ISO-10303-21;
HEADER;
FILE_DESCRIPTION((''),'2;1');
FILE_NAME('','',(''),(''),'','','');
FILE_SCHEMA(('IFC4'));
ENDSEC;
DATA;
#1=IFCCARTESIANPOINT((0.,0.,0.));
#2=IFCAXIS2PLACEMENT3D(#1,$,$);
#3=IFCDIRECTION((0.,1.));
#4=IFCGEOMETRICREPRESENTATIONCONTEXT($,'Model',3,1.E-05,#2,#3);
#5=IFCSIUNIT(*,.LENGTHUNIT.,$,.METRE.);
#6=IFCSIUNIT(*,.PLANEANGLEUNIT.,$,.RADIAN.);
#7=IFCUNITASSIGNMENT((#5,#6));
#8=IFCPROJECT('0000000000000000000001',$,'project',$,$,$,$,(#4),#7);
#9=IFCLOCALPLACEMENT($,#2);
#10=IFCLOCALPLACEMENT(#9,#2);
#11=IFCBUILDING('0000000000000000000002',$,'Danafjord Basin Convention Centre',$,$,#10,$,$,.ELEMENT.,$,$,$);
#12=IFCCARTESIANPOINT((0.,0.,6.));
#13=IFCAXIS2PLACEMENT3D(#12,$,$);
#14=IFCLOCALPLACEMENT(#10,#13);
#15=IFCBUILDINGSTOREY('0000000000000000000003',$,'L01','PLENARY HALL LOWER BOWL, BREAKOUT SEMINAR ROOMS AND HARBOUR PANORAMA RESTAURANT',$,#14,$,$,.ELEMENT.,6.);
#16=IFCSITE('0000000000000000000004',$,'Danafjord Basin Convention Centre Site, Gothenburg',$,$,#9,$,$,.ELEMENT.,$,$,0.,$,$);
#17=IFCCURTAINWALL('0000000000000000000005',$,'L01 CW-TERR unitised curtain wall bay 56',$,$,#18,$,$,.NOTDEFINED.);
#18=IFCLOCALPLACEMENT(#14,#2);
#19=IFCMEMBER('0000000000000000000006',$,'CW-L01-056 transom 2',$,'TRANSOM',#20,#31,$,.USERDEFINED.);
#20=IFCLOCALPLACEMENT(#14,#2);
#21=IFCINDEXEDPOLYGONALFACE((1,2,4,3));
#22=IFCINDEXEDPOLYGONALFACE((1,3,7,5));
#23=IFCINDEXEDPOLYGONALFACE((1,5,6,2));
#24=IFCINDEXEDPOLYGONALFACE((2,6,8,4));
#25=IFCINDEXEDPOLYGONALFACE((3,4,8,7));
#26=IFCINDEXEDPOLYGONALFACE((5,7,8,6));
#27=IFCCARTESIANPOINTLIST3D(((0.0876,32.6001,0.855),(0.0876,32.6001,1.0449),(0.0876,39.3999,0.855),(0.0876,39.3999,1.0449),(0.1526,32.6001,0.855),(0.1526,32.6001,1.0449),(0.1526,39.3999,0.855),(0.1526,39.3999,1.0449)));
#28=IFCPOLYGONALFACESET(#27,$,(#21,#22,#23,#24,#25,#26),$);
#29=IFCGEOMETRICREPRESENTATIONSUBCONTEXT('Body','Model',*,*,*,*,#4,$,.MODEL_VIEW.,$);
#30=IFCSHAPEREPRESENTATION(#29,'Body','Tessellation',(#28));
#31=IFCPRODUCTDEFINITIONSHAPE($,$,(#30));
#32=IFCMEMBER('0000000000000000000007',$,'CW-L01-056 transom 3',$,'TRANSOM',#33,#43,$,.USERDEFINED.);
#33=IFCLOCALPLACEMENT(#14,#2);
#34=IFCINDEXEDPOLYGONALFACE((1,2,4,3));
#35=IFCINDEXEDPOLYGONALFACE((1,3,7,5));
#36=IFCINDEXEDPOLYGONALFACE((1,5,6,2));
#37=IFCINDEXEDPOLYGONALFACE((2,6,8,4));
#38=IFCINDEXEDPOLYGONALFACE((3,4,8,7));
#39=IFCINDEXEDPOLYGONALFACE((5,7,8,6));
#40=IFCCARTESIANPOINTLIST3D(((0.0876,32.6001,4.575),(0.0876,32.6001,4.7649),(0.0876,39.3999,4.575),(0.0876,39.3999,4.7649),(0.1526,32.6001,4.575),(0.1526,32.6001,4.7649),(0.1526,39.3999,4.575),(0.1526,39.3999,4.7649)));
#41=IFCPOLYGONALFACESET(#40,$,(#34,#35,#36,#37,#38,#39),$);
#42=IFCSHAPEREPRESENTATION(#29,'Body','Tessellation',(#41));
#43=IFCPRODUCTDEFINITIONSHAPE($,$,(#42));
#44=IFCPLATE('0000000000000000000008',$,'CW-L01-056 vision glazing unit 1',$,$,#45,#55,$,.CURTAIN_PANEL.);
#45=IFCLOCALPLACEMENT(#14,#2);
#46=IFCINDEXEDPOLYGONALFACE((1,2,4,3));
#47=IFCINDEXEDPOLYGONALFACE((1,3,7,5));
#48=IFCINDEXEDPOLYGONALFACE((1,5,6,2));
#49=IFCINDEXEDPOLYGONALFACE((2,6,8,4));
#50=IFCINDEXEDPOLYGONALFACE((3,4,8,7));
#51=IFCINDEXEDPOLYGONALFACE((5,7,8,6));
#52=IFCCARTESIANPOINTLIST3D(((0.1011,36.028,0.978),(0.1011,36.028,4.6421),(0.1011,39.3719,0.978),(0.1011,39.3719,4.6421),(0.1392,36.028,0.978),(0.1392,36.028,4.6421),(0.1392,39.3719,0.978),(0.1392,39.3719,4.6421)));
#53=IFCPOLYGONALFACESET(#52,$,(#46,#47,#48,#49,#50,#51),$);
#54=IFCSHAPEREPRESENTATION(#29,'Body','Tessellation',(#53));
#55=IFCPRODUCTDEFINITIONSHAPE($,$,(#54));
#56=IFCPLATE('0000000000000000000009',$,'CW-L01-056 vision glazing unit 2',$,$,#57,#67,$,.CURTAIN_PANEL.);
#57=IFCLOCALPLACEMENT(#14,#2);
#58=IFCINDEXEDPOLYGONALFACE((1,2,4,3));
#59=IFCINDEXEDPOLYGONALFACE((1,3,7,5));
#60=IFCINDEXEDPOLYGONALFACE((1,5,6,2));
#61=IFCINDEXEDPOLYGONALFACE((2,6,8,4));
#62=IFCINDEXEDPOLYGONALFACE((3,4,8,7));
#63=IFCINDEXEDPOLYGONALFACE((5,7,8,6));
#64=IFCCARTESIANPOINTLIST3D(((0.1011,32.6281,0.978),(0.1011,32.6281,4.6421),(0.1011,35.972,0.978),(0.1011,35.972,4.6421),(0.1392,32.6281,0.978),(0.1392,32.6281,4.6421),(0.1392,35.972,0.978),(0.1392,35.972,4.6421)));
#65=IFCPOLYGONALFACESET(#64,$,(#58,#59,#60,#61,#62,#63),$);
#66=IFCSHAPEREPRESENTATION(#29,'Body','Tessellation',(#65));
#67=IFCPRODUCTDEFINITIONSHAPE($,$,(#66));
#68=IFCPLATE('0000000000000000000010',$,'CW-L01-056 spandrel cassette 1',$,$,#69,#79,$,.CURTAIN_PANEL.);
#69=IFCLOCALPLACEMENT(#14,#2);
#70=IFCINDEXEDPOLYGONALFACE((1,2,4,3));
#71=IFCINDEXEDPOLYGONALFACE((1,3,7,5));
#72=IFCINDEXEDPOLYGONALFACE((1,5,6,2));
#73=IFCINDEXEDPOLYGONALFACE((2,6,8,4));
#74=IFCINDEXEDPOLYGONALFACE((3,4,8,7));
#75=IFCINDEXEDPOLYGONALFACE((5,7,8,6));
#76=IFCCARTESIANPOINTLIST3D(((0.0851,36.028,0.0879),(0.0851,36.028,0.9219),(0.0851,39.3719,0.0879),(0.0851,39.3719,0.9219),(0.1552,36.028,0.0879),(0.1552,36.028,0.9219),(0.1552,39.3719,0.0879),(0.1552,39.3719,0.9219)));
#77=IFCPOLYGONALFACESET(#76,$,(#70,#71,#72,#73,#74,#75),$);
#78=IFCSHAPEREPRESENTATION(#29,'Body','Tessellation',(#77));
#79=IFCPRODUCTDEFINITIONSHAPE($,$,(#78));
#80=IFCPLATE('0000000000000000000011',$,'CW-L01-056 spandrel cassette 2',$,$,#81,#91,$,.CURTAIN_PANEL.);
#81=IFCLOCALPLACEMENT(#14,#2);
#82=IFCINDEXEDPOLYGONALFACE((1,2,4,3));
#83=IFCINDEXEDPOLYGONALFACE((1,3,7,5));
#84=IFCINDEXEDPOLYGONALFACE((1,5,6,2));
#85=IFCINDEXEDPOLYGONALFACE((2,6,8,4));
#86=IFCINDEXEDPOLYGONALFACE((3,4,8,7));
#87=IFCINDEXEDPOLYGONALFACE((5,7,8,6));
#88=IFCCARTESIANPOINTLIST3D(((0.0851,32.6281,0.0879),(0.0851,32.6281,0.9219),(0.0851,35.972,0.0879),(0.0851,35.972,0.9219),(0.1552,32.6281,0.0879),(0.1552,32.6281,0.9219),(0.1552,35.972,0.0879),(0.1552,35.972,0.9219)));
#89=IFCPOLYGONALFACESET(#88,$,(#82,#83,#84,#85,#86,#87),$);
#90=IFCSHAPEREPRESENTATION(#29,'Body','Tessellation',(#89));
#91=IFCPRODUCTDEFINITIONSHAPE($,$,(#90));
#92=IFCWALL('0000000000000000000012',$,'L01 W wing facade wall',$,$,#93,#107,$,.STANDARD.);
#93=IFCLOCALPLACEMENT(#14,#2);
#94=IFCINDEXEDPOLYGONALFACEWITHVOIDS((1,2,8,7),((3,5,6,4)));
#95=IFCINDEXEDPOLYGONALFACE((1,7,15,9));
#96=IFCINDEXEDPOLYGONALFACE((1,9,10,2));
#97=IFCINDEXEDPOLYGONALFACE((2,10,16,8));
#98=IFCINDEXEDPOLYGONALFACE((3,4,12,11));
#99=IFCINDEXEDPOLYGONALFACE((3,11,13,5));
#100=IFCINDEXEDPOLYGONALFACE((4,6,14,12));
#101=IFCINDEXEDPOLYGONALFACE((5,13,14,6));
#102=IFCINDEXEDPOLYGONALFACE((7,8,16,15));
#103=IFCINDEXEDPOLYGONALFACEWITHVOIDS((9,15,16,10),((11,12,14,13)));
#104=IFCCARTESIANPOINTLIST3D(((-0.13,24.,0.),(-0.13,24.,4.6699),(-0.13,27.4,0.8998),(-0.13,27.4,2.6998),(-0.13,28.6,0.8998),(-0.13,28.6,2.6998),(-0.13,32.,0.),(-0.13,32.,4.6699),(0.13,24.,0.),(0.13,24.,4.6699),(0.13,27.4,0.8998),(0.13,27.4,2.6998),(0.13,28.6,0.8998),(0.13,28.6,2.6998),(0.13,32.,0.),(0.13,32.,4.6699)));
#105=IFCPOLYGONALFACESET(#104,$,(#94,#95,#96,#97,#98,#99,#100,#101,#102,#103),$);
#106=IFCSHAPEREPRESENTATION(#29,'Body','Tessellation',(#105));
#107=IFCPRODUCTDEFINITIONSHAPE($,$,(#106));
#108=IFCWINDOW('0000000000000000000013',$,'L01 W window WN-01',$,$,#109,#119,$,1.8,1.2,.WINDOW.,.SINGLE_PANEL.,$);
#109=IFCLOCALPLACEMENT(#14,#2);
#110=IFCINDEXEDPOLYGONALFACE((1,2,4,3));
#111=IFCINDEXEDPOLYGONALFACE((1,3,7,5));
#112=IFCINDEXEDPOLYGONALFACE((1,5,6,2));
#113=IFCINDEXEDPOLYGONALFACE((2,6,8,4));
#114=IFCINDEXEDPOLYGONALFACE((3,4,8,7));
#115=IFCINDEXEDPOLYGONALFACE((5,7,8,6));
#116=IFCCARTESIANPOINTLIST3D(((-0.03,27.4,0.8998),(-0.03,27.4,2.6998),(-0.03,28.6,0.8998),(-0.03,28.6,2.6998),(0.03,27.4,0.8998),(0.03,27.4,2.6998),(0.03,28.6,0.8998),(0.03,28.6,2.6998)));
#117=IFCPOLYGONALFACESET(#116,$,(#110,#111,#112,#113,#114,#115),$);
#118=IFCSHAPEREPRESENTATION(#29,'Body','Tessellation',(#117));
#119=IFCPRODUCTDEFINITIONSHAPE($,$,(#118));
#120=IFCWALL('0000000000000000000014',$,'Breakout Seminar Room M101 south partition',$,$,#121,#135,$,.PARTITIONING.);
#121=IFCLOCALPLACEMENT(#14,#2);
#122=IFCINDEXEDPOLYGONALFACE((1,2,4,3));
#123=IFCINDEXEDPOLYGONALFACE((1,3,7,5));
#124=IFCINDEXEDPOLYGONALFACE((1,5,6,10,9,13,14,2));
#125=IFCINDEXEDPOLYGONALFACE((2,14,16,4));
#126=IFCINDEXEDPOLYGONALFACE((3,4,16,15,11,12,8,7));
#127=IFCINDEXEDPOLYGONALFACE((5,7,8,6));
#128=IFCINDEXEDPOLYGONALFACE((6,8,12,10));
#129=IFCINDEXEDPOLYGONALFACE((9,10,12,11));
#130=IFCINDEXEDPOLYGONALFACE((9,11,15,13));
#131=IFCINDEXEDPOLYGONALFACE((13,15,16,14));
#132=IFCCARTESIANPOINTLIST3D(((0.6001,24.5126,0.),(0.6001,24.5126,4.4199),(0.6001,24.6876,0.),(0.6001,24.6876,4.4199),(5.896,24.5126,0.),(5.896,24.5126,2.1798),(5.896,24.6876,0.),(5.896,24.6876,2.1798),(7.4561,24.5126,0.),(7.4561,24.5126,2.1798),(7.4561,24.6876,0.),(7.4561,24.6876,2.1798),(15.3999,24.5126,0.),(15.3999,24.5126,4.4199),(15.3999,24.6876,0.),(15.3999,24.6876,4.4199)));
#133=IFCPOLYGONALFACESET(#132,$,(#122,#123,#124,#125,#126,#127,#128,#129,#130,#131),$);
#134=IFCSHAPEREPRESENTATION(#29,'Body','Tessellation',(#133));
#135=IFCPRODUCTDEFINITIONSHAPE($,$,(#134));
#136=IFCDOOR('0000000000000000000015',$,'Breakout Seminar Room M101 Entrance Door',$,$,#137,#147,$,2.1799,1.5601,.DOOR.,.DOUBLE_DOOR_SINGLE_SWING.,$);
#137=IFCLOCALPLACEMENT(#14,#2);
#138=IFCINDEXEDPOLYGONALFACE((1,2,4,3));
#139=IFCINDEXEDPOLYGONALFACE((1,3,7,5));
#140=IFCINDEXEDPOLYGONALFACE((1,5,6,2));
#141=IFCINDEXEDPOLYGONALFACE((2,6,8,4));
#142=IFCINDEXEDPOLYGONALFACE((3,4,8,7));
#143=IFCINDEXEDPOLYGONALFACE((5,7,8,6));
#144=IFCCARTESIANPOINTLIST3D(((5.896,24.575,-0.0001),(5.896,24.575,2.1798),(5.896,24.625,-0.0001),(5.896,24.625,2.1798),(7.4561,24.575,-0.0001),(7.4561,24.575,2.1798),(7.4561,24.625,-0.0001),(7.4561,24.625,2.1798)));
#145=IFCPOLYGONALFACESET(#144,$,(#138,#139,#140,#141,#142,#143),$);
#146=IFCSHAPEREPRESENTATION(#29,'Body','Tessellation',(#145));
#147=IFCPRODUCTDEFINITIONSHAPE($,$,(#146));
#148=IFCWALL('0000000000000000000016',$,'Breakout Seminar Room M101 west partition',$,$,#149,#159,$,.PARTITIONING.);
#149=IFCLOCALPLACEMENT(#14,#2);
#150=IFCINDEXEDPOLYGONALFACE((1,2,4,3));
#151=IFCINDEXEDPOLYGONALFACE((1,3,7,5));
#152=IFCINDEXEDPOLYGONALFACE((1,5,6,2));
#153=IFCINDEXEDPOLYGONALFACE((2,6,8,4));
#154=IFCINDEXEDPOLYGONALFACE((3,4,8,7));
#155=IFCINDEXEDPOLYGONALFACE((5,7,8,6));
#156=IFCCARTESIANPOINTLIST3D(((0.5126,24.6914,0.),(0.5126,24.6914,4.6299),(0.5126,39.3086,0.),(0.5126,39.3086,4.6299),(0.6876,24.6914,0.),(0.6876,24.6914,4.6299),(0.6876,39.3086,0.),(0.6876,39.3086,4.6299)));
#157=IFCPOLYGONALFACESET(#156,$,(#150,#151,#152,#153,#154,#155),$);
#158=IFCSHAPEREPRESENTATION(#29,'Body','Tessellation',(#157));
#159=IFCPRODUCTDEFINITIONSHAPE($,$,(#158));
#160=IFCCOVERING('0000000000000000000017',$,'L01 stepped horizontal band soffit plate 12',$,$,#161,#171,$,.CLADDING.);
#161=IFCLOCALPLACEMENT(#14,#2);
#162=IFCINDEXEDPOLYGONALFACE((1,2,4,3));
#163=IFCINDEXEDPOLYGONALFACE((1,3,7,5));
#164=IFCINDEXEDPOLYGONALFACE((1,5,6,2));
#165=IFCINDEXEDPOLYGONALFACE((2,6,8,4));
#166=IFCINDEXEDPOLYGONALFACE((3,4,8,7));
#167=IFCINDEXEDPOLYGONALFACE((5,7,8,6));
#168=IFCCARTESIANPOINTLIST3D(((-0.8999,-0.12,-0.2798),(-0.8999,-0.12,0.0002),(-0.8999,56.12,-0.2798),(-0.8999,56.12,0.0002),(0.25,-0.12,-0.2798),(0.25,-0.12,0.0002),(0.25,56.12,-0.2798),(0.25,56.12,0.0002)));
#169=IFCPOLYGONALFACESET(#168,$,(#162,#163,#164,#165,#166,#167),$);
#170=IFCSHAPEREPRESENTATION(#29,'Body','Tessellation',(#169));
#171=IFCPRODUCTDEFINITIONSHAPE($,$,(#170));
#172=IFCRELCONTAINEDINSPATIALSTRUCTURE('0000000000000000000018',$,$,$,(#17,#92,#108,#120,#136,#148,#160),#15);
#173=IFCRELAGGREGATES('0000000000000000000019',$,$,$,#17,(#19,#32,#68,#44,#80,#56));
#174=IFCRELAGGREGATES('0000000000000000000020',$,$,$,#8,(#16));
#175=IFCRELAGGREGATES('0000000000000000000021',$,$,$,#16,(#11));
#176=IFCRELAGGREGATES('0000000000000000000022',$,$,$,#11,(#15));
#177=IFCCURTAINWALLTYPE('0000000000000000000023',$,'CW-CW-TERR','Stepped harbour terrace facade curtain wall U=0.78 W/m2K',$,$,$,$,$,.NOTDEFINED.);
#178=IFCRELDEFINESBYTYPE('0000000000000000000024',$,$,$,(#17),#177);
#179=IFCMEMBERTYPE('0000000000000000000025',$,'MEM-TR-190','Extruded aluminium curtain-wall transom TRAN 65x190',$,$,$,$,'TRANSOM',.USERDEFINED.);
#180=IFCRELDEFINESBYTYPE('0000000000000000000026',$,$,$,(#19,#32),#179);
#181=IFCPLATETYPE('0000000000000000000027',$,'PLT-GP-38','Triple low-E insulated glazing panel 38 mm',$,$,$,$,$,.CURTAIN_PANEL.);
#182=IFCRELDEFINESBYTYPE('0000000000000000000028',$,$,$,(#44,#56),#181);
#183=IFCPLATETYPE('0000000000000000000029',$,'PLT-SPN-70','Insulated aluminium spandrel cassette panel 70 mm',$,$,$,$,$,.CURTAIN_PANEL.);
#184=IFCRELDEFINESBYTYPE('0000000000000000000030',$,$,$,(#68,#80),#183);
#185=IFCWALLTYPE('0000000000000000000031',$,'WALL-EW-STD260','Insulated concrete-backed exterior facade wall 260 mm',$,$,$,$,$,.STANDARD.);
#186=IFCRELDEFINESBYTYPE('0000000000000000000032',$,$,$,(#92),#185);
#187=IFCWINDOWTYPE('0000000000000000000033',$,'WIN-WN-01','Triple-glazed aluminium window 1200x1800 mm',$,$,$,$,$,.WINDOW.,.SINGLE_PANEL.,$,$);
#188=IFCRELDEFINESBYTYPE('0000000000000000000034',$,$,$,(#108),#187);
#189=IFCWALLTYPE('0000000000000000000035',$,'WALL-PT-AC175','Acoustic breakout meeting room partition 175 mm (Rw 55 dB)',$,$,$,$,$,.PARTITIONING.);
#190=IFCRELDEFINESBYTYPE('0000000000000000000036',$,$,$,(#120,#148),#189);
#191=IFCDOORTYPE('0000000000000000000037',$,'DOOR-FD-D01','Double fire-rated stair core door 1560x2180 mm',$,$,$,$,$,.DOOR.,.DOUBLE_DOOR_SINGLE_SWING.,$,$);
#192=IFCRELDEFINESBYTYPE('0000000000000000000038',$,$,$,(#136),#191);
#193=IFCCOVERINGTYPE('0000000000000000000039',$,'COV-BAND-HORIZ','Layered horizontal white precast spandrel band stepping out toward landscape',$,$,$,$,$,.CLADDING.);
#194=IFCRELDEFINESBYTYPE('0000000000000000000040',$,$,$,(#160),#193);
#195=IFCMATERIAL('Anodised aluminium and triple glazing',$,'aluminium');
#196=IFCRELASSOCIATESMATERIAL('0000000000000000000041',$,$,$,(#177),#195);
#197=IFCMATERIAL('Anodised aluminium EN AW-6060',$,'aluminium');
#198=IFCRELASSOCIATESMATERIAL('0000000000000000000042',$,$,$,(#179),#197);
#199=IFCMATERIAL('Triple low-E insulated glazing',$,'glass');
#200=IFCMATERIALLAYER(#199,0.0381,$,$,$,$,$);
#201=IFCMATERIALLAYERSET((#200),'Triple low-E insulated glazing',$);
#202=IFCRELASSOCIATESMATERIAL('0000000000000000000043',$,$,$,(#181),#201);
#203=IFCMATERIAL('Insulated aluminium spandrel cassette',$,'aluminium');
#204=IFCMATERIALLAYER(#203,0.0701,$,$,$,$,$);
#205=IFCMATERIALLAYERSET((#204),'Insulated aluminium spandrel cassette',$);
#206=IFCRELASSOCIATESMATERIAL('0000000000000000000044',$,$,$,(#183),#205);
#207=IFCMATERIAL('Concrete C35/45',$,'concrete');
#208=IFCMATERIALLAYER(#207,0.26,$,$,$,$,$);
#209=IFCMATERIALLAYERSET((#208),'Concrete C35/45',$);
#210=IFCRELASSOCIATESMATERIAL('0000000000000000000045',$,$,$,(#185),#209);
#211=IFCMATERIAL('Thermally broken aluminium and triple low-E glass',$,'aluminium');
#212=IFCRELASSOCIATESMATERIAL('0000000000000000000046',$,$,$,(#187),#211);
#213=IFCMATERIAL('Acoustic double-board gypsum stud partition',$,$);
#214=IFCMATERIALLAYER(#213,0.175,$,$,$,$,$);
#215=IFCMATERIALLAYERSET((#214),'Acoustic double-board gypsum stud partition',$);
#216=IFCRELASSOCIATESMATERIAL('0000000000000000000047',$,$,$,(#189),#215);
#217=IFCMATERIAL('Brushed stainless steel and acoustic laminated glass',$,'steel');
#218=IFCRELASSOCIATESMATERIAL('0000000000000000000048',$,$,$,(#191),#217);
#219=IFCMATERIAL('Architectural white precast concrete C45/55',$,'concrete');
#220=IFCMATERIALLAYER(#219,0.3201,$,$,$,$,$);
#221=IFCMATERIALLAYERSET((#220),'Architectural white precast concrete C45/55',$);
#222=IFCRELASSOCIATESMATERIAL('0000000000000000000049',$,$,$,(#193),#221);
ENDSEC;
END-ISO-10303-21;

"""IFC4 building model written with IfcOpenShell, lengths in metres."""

from ifc_helpers import new_model, si_unit, direction, frame, frame_2d, origin, origin_2d, place, context, subcontext, project, spatial, rectangle, extrude, material, layer, layer_set, material_profile, profile_set, type_object, element, fill, aggregate, save


model = new_model("IFC4")

# Units and contexts
model_context = context("Model", 3, precision=1e-05, world=origin(), true_north=direction((0.0, 1.0)))
body_context = subcontext(model_context, "Body", "Model", "MODEL_VIEW")
ifc_project = project(units=[si_unit("LENGTHUNIT", "METRE"), si_unit("PLANEANGLEUNIT", "RADIAN")], contexts=[model_context])

# Site, building, storey
site_placement = place(None, origin())
site = spatial("IfcSite", under=ifc_project, at=site_placement, Name="Danafjord Basin Convention Centre Site, Gothenburg", CompositionType="ELEMENT", RefElevation=0.0)
building_placement = place(site_placement, origin())
building = spatial("IfcBuilding", under=site, at=building_placement, Name="Danafjord Basin Convention Centre", CompositionType="ELEMENT")
storey_placement = place(building_placement, frame((0.0, 0.0, 6.0)))
storey = spatial("IfcBuildingStorey", under=building, at=storey_placement, Name="L01", Description="PLENARY HALL LOWER BOWL, BREAKOUT SEMINAR ROOMS AND HARBOUR PANORAMA RESTAURANT", CompositionType="ELEMENT", Elevation=6.0)

# Curtain wall
ifc_material_1 = material(Name="Anodised aluminium and triple glazing", Category="aluminium")
curtain_wall_type = type_object("IfcCurtainWallType", Name="CW-CW-TERR", Description="Stepped harbour terrace facade curtain wall U=0.78 W/m2K", PredefinedType="NOTDEFINED", material=ifc_material_1)
curtain_wall_1_placement = place(storey_placement, origin())
curtain_wall_1 = element("IfcCurtainWall", 1, at=curtain_wall_1_placement, inside=storey, type_object=curtain_wall_type, Name="L01 CW-TERR unitised curtain wall bay 56", PredefinedType="NOTDEFINED")
ifc_material_2 = material(Name="Anodised aluminium EN AW-6060", Category="aluminium")

# Members
ifc_material_profile_1 = material_profile(ifc_material_2, rectangle(XDim=0.0649, YDim=0.1899, at=origin_2d()), Name="TRAN 65x190")
ifc_profile_set_1 = profile_set([ifc_material_profile_1], Name="Anodised aluminium EN AW-6060")
member_type_1 = type_object("IfcMemberType", Name="MEM-TR-190", Description="Extruded aluminium curtain-wall transom TRAN 65x190", ElementType="TRANSOM", PredefinedType="USERDEFINED", material=ifc_profile_set_1)
member_1_placement = place(storey_placement, frame((0.1201, 39.3999, 0.95), z_axis=(0.0, -1.0, 0.0), x_axis=(1.0, 0.0, 0.0)))
member_1 = element("IfcMember", 2, at=member_1_placement, type_object=member_type_1, Name="CW-L01-056 transom 2", ObjectType="TRANSOM", PredefinedType="USERDEFINED", context=body_context, shape_type="SweptSolid", body=[
    extrude(rectangle(XDim=0.0649, YDim=0.1899, at=origin_2d()), origin(), (0.0, 0.0, 1.0), 6.7998),
])
member_2_placement = place(storey_placement, frame((0.1201, 39.3999, 4.6699), z_axis=(0.0, -1.0, 0.0), x_axis=(1.0, 0.0, 0.0)))
member_2 = element("IfcMember", 3, at=member_2_placement, type_object=member_type_1, Name="CW-L01-056 transom 3", ObjectType="TRANSOM", PredefinedType="USERDEFINED", context=body_context, shape_type="SweptSolid", body=[
    extrude(rectangle(XDim=0.0649, YDim=0.1899, at=origin_2d()), origin(), (0.0, 0.0, 1.0), 6.7998),
])

# Plates
ifc_material_3 = material(Name="Triple low-E insulated glazing", Category="glass")
ifc_layer_1 = layer(ifc_material_3, 0.0381)
ifc_layer_set_1 = layer_set([ifc_layer_1], Name="Triple low-E insulated glazing")
plate_type_1 = type_object("IfcPlateType", Name="PLT-GP-38", Description="Triple low-E insulated glazing panel 38 mm", PredefinedType="CURTAIN_PANEL", material=ifc_layer_set_1)
plate_1_placement = place(storey_placement, frame((0.1201, 37.7, 0.978), z_axis=(0.0, 0.0, 1.0), x_axis=(0.0, -1.0, 0.0)))
plate_1 = element("IfcPlate", 4, at=plate_1_placement, type_object=plate_type_1, Name="CW-L01-056 vision glazing unit 1", PredefinedType="CURTAIN_PANEL", context=body_context, shape_type="SweptSolid", body=[
    extrude(rectangle(XDim=3.344, YDim=0.0381, at=origin_2d()), origin(), (0.0, 0.0, 1.0), 3.6641),
])
plate_2_placement = place(storey_placement, frame((0.1201, 34.3, 0.978), z_axis=(0.0, 0.0, 1.0), x_axis=(0.0, -1.0, 0.0)))
plate_2 = element("IfcPlate", 5, at=plate_2_placement, type_object=plate_type_1, Name="CW-L01-056 vision glazing unit 2", PredefinedType="CURTAIN_PANEL", context=body_context, shape_type="SweptSolid", body=[
    extrude(rectangle(XDim=3.344, YDim=0.0381, at=origin_2d()), origin(), (0.0, 0.0, 1.0), 3.6641),
])
ifc_material_4 = material(Name="Insulated aluminium spandrel cassette", Category="aluminium")
ifc_layer_2 = layer(ifc_material_4, 0.0701)
ifc_layer_set_2 = layer_set([ifc_layer_2], Name="Insulated aluminium spandrel cassette")
plate_type_2 = type_object("IfcPlateType", Name="PLT-SPN-70", Description="Insulated aluminium spandrel cassette panel 70 mm", PredefinedType="CURTAIN_PANEL", material=ifc_layer_set_2)
plate_3_placement = place(storey_placement, frame((0.1201, 37.7, 0.0879), z_axis=(0.0, 0.0, 1.0), x_axis=(0.0, -1.0, 0.0)))
plate_3 = element("IfcPlate", 6, at=plate_3_placement, type_object=plate_type_2, Name="CW-L01-056 spandrel cassette 1", PredefinedType="CURTAIN_PANEL", context=body_context, shape_type="SweptSolid", body=[
    extrude(rectangle(XDim=3.344, YDim=0.0701, at=origin_2d()), origin(), (0.0, 0.0, 1.0), 0.834),
])
plate_4_placement = place(storey_placement, frame((0.1201, 34.3, 0.0879), z_axis=(0.0, 0.0, 1.0), x_axis=(0.0, -1.0, 0.0)))
plate_4 = element("IfcPlate", 7, at=plate_4_placement, type_object=plate_type_2, Name="CW-L01-056 spandrel cassette 2", PredefinedType="CURTAIN_PANEL", context=body_context, shape_type="SweptSolid", body=[
    extrude(rectangle(XDim=3.344, YDim=0.0701, at=origin_2d()), origin(), (0.0, 0.0, 1.0), 0.834),
])
aggregate(curtain_wall_1, [member_1, member_2, plate_3, plate_1, plate_4, plate_2])

# Wall, opening, window
ifc_material_5 = material(Name="Concrete C35/45", Category="concrete")
ifc_layer_3 = layer(ifc_material_5, 0.26)
ifc_layer_set_3 = layer_set([ifc_layer_3], Name="Concrete C35/45")
wall_type_1 = type_object("IfcWallType", Name="WALL-EW-STD260", Description="Insulated concrete-backed exterior facade wall 260 mm", PredefinedType="STANDARD", material=ifc_layer_set_3)
wall_1_placement = place(storey_placement, frame((0.0, 24.0, 0.0), z_axis=(0.0, 0.0, 1.0), x_axis=(0.0, 1.0, 0.0)))
wall_1 = element("IfcWall", 8, at=wall_1_placement, inside=storey, type_object=wall_type_1, Name="L01 W wing facade wall", PredefinedType="STANDARD", context=body_context, shape_type="SweptSolid", body=[
    extrude(rectangle(XDim=8.0, YDim=0.26, at=frame_2d((4.0, 0.0))), origin(), (0.0, 0.0, 1.0), 4.6699),
])
opening_1_placement = place(wall_1_placement, frame((3.3999, 0.0, 0.8999)))
opening_1 = element("IfcOpeningElement", 9, at=opening_1_placement, cuts=wall_1, PredefinedType="OPENING", context=body_context, shape_type="SweptSolid", body=[
    extrude(rectangle(XDim=1.2, YDim=1.8, at=frame_2d((0.6001, 0.8999))), frame((0.0, 0.1399, 0.0), z_axis=(0.0, -1.0, 0.0), x_axis=(1.0, 0.0, 0.0)), (0.0, 0.0, 1.0), 0.28),
])
ifc_material_6 = material(Name="Thermally broken aluminium and triple low-E glass", Category="aluminium")
window_type = type_object("IfcWindowType", Name="WIN-WN-01", Description="Triple-glazed aluminium window 1200x1800 mm", PartitioningType="SINGLE_PANEL", PredefinedType="WINDOW", material=ifc_material_6)
window_placement = place(opening_1_placement, origin())
window = element("IfcWindow", 10, at=window_placement, inside=storey, type_object=window_type, Name="L01 W window WN-01", OverallHeight=1.8, OverallWidth=1.2, PartitioningType="SINGLE_PANEL", PredefinedType="WINDOW", context=body_context, shape_type="SweptSolid", body=[
    extrude(rectangle(XDim=1.2, YDim=1.8, at=frame_2d((0.6001, 0.8999))), frame((0.0, 0.03, 0.0), z_axis=(0.0, -1.0, 0.0), x_axis=(1.0, 0.0, 0.0)), (0.0, 0.0, 1.0), 0.0601),
])
fill(opening_1, window)

# Wall, opening, door
ifc_material_7 = material(Name="Acoustic double-board gypsum stud partition")
ifc_layer_4 = layer(ifc_material_7, 0.175)
ifc_layer_set_4 = layer_set([ifc_layer_4], Name="Acoustic double-board gypsum stud partition")
wall_type_2 = type_object("IfcWallType", Name="WALL-PT-AC175", Description="Acoustic breakout meeting room partition 175 mm (Rw 55 dB)", PredefinedType="PARTITIONING", material=ifc_layer_set_4)
wall_2_placement = place(storey_placement, frame((0.6001, 24.6001, 0.0), z_axis=(0.0, 0.0, 1.0), x_axis=(1.0, 0.0, 0.0)))
wall_2 = element("IfcWall", 11, at=wall_2_placement, inside=storey, type_object=wall_type_2, Name="Breakout Seminar Room M101 south partition", PredefinedType="PARTITIONING", context=body_context, shape_type="SweptSolid", body=[
    extrude(rectangle(XDim=14.7998, YDim=0.175, at=frame_2d((7.3999, 0.0))), origin(), (0.0, 0.0, 1.0), 4.4199),
])
opening_2_placement = place(wall_2_placement, frame((5.2959, 0.0, 0.0)))
opening_2 = element("IfcOpeningElement", 12, at=opening_2_placement, cuts=wall_2, PredefinedType="OPENING", context=body_context, shape_type="SweptSolid", body=[
    extrude(rectangle(XDim=1.5601, YDim=2.1799, at=frame_2d((0.78, 1.0898))), frame((0.0, 0.0974, 0.0), z_axis=(0.0, -1.0, 0.0), x_axis=(1.0, 0.0, 0.0)), (0.0, 0.0, 1.0), 0.1951),
])
ifc_material_8 = material(Name="Brushed stainless steel and acoustic laminated glass", Category="steel")
door_type = type_object("IfcDoorType", Name="DOOR-FD-D01", Description="Double fire-rated stair core door 1560x2180 mm", OperationType="DOUBLE_DOOR_SINGLE_SWING", PredefinedType="DOOR", material=ifc_material_8)
door_placement = place(opening_2_placement, origin())
door = element("IfcDoor", 13, at=door_placement, inside=storey, type_object=door_type, Name="Breakout Seminar Room M101 Entrance Door", OperationType="DOUBLE_DOOR_SINGLE_SWING", OverallHeight=2.1799, OverallWidth=1.5601, PredefinedType="DOOR", context=body_context, shape_type="SweptSolid", body=[
    extrude(rectangle(XDim=1.5601, YDim=2.1799, at=frame_2d((0.78, 1.0898))), frame((0.0, 0.0249, 0.0), z_axis=(0.0, -1.0, 0.0), x_axis=(1.0, 0.0, 0.0)), (0.0, 0.0, 1.0), 0.05),
])
fill(opening_2, door)

# Wall
wall_3_placement = place(storey_placement, frame((0.6001, 39.3086, 0.0), z_axis=(0.0, 0.0, 1.0), x_axis=(0.0, -1.0, 0.0)))
element("IfcWall", 14, at=wall_3_placement, inside=storey, type_object=wall_type_2, Name="Breakout Seminar Room M101 west partition", PredefinedType="PARTITIONING", context=body_context, shape_type="SweptSolid", body=[
    extrude(rectangle(XDim=14.6172, YDim=0.175, at=frame_2d((7.3086, 0.0))), origin(), (0.0, 0.0, 1.0), 4.6299),
])

# Covering
ifc_material_9 = material(Name="Architectural white precast concrete C45/55", Category="concrete")
ifc_layer_5 = layer(ifc_material_9, 0.3201)
ifc_layer_set_5 = layer_set([ifc_layer_5], Name="Architectural white precast concrete C45/55")
covering_type = type_object("IfcCoveringType", Name="COV-BAND-HORIZ", Description="Layered horizontal white precast spandrel band stepping out toward landscape", PredefinedType="CLADDING", material=ifc_layer_set_5)
covering_1_placement = place(storey_placement, frame((-0.325, 28.0, -0.2798), z_axis=(0.0, 0.0, 1.0), x_axis=(0.0, -1.0, 0.0)))
element("IfcCovering", 15, at=covering_1_placement, inside=storey, type_object=covering_type, Name="L01 stepped horizontal band soffit plate 12", PredefinedType="CLADDING", context=body_context, shape_type="SweptSolid", body=[
    extrude(rectangle(XDim=56.24, YDim=1.1499, at=origin_2d()), origin(), (0.0, 0.0, 1.0), 0.28),
])

save(model, "model.ifc")
